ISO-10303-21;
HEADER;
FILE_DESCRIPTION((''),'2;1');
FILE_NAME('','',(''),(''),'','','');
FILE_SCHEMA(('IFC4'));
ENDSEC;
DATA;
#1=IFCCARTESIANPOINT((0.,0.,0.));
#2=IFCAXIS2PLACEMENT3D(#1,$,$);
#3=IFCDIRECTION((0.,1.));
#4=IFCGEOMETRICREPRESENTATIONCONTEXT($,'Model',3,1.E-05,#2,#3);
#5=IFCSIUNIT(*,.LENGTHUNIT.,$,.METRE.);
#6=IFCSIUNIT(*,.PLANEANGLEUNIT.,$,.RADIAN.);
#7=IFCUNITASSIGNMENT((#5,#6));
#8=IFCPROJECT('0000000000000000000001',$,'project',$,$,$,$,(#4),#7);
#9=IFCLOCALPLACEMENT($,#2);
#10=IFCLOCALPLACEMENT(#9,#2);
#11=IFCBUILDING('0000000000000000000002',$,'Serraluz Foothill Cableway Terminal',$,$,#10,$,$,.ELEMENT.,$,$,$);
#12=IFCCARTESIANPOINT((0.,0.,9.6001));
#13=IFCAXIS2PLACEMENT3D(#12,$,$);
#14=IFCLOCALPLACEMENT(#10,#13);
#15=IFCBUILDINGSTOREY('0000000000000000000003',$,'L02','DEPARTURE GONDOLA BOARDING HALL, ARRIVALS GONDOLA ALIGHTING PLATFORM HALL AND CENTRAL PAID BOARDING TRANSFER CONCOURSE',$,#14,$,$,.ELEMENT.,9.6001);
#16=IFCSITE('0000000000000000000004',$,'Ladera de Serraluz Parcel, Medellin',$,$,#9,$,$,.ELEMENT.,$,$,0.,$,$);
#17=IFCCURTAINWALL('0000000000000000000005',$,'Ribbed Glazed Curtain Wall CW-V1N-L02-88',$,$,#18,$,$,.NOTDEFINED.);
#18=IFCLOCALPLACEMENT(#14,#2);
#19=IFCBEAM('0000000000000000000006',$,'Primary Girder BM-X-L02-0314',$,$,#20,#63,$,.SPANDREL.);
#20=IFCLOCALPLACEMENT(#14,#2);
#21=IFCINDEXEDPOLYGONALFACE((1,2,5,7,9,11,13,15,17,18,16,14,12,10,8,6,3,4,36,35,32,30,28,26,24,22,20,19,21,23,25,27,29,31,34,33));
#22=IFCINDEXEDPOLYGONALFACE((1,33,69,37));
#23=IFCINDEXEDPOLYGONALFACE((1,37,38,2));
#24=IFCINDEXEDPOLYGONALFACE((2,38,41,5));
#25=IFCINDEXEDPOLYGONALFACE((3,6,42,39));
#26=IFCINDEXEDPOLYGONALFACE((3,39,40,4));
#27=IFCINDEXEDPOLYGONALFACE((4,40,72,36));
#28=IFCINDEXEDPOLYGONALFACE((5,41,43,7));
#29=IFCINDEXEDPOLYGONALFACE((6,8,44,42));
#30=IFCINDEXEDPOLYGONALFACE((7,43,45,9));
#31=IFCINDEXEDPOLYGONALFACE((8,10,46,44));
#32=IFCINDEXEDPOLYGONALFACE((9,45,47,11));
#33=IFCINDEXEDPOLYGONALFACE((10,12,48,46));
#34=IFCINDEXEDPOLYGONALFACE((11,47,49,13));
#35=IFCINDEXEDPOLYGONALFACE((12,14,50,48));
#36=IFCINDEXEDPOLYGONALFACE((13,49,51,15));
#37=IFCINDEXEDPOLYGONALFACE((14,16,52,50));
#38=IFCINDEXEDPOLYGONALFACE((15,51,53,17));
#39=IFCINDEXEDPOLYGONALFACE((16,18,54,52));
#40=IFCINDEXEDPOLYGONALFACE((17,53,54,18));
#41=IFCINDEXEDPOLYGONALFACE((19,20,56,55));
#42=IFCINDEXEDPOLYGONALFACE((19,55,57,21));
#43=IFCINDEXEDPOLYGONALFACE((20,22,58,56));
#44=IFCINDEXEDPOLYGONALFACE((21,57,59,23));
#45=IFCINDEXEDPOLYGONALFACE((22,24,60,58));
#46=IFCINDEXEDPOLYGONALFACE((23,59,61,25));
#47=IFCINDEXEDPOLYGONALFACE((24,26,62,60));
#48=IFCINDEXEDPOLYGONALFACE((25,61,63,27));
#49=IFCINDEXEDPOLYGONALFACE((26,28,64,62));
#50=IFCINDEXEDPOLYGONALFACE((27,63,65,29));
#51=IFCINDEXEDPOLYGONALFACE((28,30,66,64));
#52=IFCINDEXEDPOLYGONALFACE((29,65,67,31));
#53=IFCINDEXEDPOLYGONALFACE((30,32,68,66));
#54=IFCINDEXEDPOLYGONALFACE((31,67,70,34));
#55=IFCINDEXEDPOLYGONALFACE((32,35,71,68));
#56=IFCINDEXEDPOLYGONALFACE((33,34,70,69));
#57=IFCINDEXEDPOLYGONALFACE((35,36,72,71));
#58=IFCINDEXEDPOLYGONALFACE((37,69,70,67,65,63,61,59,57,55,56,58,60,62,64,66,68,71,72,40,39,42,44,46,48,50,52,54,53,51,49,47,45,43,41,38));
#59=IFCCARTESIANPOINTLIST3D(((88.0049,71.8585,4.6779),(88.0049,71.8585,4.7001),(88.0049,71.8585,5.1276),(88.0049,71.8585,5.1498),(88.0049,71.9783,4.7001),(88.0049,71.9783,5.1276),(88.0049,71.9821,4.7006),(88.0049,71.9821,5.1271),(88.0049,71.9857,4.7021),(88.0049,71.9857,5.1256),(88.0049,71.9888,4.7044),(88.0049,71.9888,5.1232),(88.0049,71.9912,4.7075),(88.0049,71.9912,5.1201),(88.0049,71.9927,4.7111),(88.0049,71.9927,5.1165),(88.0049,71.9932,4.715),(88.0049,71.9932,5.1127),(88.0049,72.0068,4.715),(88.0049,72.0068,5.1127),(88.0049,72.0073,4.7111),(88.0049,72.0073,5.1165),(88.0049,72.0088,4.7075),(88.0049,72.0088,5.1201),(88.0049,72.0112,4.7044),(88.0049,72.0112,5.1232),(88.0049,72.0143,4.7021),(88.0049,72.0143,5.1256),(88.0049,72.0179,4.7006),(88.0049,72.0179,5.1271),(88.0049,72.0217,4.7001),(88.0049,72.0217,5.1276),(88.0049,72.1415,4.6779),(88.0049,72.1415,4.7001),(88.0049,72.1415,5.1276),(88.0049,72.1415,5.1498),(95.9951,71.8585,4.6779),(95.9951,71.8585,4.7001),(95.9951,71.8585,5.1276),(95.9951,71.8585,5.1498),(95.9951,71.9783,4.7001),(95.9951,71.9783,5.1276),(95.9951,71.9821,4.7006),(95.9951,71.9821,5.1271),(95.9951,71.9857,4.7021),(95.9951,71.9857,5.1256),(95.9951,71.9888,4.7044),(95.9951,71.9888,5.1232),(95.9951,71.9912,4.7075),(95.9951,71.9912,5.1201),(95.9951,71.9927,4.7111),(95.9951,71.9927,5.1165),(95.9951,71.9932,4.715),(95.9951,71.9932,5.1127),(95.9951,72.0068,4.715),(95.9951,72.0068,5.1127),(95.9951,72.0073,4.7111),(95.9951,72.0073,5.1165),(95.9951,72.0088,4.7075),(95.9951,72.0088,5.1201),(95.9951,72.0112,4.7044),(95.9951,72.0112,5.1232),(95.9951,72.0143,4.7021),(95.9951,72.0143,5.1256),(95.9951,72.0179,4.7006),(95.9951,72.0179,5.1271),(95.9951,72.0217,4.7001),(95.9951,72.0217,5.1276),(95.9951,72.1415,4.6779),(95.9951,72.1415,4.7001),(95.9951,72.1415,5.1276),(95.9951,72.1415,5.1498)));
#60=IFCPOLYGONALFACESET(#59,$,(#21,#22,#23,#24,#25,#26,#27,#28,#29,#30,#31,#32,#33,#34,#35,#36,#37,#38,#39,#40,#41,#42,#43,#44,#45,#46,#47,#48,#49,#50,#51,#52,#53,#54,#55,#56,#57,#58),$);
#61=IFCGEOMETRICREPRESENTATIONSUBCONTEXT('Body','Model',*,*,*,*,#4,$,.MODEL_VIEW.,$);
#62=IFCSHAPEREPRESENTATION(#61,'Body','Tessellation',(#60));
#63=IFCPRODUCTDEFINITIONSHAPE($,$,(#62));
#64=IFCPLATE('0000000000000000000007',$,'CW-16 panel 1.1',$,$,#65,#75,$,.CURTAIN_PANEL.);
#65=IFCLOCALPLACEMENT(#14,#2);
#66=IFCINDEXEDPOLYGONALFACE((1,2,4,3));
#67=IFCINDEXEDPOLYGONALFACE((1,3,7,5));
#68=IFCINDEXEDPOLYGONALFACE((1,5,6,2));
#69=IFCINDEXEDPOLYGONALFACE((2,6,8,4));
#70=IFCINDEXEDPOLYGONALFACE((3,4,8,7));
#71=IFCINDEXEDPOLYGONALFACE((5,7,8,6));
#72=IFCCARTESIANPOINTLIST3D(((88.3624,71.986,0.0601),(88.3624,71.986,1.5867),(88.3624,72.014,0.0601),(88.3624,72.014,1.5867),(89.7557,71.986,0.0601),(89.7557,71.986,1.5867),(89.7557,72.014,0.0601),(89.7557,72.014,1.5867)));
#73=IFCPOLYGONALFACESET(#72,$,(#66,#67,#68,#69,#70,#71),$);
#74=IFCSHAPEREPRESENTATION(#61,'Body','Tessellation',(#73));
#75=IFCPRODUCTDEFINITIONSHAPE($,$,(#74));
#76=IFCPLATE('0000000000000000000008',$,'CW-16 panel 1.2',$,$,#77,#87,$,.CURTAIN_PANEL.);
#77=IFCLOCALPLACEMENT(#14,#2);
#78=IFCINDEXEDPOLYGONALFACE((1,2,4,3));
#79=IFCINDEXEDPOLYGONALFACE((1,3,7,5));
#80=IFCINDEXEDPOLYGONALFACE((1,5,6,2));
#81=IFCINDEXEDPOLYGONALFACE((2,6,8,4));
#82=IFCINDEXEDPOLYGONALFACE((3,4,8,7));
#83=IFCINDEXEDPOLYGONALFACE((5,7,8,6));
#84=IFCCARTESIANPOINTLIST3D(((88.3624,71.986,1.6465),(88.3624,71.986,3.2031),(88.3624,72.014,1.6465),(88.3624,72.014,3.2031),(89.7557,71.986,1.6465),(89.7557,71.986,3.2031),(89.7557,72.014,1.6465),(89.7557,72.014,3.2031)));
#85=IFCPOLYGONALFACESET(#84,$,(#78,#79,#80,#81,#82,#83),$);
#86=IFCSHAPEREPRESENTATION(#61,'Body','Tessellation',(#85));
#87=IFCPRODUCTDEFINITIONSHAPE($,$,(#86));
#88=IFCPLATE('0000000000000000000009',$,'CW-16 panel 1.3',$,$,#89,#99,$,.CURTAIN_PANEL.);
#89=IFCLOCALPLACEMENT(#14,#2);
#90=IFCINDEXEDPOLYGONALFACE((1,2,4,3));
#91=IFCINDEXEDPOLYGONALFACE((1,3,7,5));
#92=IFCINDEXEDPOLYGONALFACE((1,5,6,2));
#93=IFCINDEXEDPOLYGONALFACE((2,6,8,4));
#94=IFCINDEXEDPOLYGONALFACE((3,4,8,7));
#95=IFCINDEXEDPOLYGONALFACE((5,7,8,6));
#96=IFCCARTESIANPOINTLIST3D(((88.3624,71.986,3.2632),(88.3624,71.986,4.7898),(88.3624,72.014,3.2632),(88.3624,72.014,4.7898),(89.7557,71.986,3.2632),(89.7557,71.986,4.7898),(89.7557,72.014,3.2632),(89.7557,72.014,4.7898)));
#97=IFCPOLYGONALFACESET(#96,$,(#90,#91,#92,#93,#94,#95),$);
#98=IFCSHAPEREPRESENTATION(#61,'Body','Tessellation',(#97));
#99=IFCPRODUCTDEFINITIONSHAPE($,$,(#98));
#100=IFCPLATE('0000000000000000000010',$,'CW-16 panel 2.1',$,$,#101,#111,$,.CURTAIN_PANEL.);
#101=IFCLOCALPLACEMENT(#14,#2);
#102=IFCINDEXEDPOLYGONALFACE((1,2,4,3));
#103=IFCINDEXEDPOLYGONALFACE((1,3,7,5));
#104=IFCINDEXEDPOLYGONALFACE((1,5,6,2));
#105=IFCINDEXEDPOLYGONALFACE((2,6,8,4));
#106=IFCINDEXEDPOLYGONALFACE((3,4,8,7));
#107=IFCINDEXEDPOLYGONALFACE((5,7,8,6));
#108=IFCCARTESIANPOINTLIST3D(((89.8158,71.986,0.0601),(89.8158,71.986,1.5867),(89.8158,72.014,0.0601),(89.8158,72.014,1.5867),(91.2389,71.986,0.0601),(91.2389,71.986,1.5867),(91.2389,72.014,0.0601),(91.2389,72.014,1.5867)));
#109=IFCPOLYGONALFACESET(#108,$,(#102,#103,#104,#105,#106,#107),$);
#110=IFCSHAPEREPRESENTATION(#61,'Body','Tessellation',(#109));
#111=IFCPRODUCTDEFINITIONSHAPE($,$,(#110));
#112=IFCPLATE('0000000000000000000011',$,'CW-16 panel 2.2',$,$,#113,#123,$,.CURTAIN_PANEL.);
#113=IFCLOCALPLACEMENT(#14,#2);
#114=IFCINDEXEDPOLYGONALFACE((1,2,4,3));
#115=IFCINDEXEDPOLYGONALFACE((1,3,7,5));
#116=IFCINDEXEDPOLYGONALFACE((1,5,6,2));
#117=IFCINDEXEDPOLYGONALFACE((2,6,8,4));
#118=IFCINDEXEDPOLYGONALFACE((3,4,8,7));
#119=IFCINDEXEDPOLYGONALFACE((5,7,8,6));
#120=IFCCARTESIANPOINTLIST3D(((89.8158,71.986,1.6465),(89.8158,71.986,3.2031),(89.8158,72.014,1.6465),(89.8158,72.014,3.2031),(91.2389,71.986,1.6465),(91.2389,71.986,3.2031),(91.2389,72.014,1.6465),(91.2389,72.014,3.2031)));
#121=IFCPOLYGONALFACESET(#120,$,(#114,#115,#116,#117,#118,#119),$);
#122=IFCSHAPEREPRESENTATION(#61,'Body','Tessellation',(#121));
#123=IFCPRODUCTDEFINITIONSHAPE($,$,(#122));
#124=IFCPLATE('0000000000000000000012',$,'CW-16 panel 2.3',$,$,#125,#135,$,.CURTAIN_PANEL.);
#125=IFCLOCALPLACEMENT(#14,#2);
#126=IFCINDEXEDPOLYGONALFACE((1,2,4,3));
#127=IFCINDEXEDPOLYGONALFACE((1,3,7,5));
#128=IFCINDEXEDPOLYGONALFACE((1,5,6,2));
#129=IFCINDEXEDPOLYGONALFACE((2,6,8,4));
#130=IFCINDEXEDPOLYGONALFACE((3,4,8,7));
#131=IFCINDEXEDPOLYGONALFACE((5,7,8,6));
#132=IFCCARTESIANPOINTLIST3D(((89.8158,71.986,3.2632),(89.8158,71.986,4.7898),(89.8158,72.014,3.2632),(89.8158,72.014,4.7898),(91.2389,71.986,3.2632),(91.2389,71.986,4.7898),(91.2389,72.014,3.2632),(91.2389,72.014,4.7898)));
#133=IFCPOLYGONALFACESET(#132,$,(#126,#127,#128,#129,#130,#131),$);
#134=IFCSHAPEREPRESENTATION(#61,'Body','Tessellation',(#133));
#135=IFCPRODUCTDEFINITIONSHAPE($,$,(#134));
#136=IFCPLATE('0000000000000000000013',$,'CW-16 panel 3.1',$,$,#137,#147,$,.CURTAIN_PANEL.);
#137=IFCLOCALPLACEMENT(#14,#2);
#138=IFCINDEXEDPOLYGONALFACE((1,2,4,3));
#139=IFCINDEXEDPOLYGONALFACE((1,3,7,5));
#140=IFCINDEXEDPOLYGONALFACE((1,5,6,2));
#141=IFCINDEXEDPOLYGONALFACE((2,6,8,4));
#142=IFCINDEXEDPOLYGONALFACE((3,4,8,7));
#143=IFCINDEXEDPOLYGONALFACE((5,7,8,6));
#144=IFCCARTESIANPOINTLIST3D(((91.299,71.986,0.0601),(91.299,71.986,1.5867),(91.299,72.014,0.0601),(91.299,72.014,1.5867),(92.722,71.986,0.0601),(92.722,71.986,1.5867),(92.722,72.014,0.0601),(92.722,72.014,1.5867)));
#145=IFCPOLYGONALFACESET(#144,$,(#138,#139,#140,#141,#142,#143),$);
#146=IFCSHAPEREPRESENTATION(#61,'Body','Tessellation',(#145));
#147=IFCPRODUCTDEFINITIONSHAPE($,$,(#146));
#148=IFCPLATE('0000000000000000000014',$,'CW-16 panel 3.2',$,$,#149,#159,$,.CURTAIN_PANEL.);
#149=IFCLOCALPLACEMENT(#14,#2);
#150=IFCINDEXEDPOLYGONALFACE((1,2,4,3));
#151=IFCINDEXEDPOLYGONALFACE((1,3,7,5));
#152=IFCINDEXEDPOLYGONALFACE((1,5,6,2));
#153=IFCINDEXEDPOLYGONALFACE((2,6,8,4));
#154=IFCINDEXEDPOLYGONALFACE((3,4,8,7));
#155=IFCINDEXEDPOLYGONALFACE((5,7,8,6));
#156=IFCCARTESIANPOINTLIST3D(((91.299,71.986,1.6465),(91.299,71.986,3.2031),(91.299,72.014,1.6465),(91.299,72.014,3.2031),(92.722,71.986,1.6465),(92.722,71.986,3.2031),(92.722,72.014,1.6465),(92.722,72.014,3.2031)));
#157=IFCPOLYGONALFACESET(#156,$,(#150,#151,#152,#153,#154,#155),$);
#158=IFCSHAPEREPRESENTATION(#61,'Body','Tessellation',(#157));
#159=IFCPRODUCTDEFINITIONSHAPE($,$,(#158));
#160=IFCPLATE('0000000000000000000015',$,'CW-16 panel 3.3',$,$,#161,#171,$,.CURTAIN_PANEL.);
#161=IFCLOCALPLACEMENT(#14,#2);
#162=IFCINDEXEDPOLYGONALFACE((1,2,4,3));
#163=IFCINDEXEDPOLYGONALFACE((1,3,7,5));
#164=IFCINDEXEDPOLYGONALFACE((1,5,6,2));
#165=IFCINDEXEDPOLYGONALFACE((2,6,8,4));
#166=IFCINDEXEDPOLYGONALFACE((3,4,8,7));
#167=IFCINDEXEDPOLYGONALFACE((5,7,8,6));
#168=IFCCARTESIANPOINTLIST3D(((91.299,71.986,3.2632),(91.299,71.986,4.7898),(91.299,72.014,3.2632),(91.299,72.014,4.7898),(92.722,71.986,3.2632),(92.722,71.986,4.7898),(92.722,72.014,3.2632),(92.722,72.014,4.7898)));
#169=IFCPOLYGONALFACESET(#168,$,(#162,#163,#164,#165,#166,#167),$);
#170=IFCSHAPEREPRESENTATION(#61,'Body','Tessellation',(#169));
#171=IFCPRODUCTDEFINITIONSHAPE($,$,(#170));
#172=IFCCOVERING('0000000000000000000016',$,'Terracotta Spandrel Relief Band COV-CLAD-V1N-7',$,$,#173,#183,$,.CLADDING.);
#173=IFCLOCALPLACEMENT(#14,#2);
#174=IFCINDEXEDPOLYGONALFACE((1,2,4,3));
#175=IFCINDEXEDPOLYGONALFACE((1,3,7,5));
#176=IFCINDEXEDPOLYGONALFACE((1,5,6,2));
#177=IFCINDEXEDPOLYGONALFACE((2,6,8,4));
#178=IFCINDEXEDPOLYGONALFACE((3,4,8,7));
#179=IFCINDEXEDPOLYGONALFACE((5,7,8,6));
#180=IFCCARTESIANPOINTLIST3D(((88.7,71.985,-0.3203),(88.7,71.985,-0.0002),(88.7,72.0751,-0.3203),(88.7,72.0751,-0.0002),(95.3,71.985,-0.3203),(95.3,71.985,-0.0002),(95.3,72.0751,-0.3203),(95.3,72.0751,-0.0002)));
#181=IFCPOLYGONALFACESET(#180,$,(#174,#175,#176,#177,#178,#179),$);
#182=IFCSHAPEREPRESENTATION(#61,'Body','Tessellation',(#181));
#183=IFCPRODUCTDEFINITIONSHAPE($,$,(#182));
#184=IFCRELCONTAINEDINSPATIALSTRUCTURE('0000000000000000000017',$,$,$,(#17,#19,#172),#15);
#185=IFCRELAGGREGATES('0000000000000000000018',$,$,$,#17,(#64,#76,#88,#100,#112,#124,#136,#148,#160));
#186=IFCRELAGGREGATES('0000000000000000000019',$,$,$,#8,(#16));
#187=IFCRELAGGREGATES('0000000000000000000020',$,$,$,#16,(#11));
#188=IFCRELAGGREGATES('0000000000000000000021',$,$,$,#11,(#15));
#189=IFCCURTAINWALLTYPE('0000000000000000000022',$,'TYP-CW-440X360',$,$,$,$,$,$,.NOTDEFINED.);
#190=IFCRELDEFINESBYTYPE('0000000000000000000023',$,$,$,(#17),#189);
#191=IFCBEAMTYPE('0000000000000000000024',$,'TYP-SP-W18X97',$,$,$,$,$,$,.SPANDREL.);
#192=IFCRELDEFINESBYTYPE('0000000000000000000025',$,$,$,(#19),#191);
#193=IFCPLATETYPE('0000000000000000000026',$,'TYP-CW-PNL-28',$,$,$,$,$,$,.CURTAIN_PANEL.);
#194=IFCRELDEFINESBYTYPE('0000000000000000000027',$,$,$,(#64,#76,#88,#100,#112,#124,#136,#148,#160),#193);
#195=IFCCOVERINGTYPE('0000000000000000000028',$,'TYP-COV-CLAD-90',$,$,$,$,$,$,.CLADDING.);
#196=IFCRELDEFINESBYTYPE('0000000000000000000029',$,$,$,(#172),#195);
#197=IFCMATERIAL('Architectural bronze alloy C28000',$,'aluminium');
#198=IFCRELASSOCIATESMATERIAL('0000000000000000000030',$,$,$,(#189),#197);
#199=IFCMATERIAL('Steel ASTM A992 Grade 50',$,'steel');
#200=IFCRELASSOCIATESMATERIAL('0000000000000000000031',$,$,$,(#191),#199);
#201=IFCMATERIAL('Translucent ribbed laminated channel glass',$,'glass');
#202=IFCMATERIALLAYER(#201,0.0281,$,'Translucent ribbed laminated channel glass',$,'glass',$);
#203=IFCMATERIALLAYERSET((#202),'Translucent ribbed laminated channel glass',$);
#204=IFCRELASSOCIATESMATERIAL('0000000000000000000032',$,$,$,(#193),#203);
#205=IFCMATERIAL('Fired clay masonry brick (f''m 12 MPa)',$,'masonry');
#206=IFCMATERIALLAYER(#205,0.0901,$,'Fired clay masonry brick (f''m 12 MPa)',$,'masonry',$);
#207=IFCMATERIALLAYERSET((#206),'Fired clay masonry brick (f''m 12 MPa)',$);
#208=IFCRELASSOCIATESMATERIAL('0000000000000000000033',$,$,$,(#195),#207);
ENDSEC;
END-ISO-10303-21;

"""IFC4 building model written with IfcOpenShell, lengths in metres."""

from ifc_helpers import new_model, si_unit, direction, frame, origin, origin_2d, place, context, subcontext, project, spatial, rectangle, i_section, extrude, material, layer, layer_set, material_profile, profile_set, type_object, element, aggregate, save


model = new_model("IFC4")

# Units and contexts
model_context = context("Model", 3, precision=1e-05, world=origin(), true_north=direction((0.0, 1.0)))
body_context = subcontext(model_context, "Body", "Model", "MODEL_VIEW")
ifc_project = project(units=[si_unit("LENGTHUNIT", "METRE"), si_unit("PLANEANGLEUNIT", "RADIAN")], contexts=[model_context])

# Site, building, storey
site_placement = place(None, origin())
site = spatial("IfcSite", under=ifc_project, at=site_placement, Name="Ladera de Serraluz Parcel, Medellin", CompositionType="ELEMENT", RefElevation=0.0)
building_placement = place(site_placement, origin())
building = spatial("IfcBuilding", under=site, at=building_placement, Name="Serraluz Foothill Cableway Terminal", CompositionType="ELEMENT")
storey_placement = place(building_placement, frame((0.0, 0.0, 9.6001)))
storey = spatial("IfcBuildingStorey", under=building, at=storey_placement, Name="L02", Description="DEPARTURE GONDOLA BOARDING HALL, ARRIVALS GONDOLA ALIGHTING PLATFORM HALL AND CENTRAL PAID BOARDING TRANSFER CONCOURSE", CompositionType="ELEMENT", Elevation=9.6001)

# Curtain wall
ifc_material_1 = material(Name="Architectural bronze alloy C28000", Category="aluminium")
curtain_wall_type = type_object("IfcCurtainWallType", Name="TYP-CW-440X360", PredefinedType="NOTDEFINED", material=ifc_material_1)
curtain_wall_placement = place(storey_placement, origin())
curtain_wall = element("IfcCurtainWall", 1, at=curtain_wall_placement, inside=storey, type_object=curtain_wall_type, Name="Ribbed Glazed Curtain Wall CW-V1N-L02-88", PredefinedType="NOTDEFINED")

# Beam
ifc_material_2 = material(Name="Steel ASTM A992 Grade 50", Category="steel")
ifc_material_profile_1 = material_profile(ifc_material_2, i_section(OverallWidth=0.283, OverallDepth=0.4719, WebThickness=0.0137, FlangeThickness=0.0222, FilletRadius=0.0149, at=origin_2d()), Name="W18X97")
ifc_profile_set_1 = profile_set([ifc_material_profile_1], Name="Steel ASTM A992 Grade 50")
beam_type = type_object("IfcBeamType", Name="TYP-SP-W18X97", PredefinedType="SPANDREL", material=ifc_profile_set_1)
beam_placement = place(storey_placement, frame((88.0049, 72.0, 4.9138), z_axis=(1.0, 0.0, 0.0), x_axis=(0.0, 1.0, 0.0)))
element("IfcBeam", 2, at=beam_placement, inside=storey, type_object=beam_type, Name="Primary Girder BM-X-L02-0314", PredefinedType="SPANDREL", context=body_context, shape_type="SweptSolid", body=[
    extrude(i_section(OverallWidth=0.283, OverallDepth=0.4719, WebThickness=0.0137, FlangeThickness=0.0222, FilletRadius=0.0149, at=origin_2d()), origin(), (0.0, 0.0, 1.0), 7.9902),
])

# Plates
ifc_material_3 = material(Name="Translucent ribbed laminated channel glass", Category="glass")
ifc_layer_1 = layer(ifc_material_3, 0.0281, Name="Translucent ribbed laminated channel glass", Category="glass")
ifc_layer_set_1 = layer_set([ifc_layer_1], Name="Translucent ribbed laminated channel glass")
plate_type = type_object("IfcPlateType", Name="TYP-CW-PNL-28", PredefinedType="CURTAIN_PANEL", material=ifc_layer_set_1)
plate_1_placement = place(storey_placement, frame((89.0591, 72.0, 0.0601), z_axis=(0.0, 0.0, 1.0), x_axis=(1.0, 0.0, 0.0)))
plate_1 = element("IfcPlate", 3, at=plate_1_placement, type_object=plate_type, Name="CW-16 panel 1.1", PredefinedType="CURTAIN_PANEL", context=body_context, shape_type="SweptSolid", body=[
    extrude(rectangle(XDim=1.3933, YDim=0.0281, at=origin_2d()), origin(), (0.0, 0.0, 1.0), 1.5266),
])
plate_2_placement = place(storey_placement, frame((89.0591, 72.0, 1.6465), z_axis=(0.0, 0.0, 1.0), x_axis=(1.0, 0.0, 0.0)))
plate_2 = element("IfcPlate", 4, at=plate_2_placement, type_object=plate_type, Name="CW-16 panel 1.2", PredefinedType="CURTAIN_PANEL", context=body_context, shape_type="SweptSolid", body=[
    extrude(rectangle(XDim=1.3933, YDim=0.0281, at=origin_2d()), origin(), (0.0, 0.0, 1.0), 1.5566),
])
plate_3_placement = place(storey_placement, frame((89.0591, 72.0, 3.2632), z_axis=(0.0, 0.0, 1.0), x_axis=(1.0, 0.0, 0.0)))
plate_3 = element("IfcPlate", 5, at=plate_3_placement, type_object=plate_type, Name="CW-16 panel 1.3", PredefinedType="CURTAIN_PANEL", context=body_context, shape_type="SweptSolid", body=[
    extrude(rectangle(XDim=1.3933, YDim=0.0281, at=origin_2d()), origin(), (0.0, 0.0, 1.0), 1.5266),
])
plate_4_placement = place(storey_placement, frame((90.5273, 72.0, 0.0601), z_axis=(0.0, 0.0, 1.0), x_axis=(1.0, 0.0, 0.0)))
plate_4 = element("IfcPlate", 6, at=plate_4_placement, type_object=plate_type, Name="CW-16 panel 2.1", PredefinedType="CURTAIN_PANEL", context=body_context, shape_type="SweptSolid", body=[
    extrude(rectangle(XDim=1.4231, YDim=0.0281, at=origin_2d()), origin(), (0.0, 0.0, 1.0), 1.5266),
])
plate_5_placement = place(storey_placement, frame((90.5273, 72.0, 1.6465), z_axis=(0.0, 0.0, 1.0), x_axis=(1.0, 0.0, 0.0)))
plate_5 = element("IfcPlate", 7, at=plate_5_placement, type_object=plate_type, Name="CW-16 panel 2.2", PredefinedType="CURTAIN_PANEL", context=body_context, shape_type="SweptSolid", body=[
    extrude(rectangle(XDim=1.4231, YDim=0.0281, at=origin_2d()), origin(), (0.0, 0.0, 1.0), 1.5566),
])
plate_6_placement = place(storey_placement, frame((90.5273, 72.0, 3.2632), z_axis=(0.0, 0.0, 1.0), x_axis=(1.0, 0.0, 0.0)))
plate_6 = element("IfcPlate", 8, at=plate_6_placement, type_object=plate_type, Name="CW-16 panel 2.3", PredefinedType="CURTAIN_PANEL", context=body_context, shape_type="SweptSolid", body=[
    extrude(rectangle(XDim=1.4231, YDim=0.0281, at=origin_2d()), origin(), (0.0, 0.0, 1.0), 1.5266),
])
plate_7_placement = place(storey_placement, frame((92.0105, 72.0, 0.0601), z_axis=(0.0, 0.0, 1.0), x_axis=(1.0, 0.0, 0.0)))
plate_7 = element("IfcPlate", 9, at=plate_7_placement, type_object=plate_type, Name="CW-16 panel 3.1", PredefinedType="CURTAIN_PANEL", context=body_context, shape_type="SweptSolid", body=[
    extrude(rectangle(XDim=1.4231, YDim=0.0281, at=origin_2d()), origin(), (0.0, 0.0, 1.0), 1.5266),
])
plate_8_placement = place(storey_placement, frame((92.0105, 72.0, 1.6465), z_axis=(0.0, 0.0, 1.0), x_axis=(1.0, 0.0, 0.0)))
plate_8 = element("IfcPlate", 10, at=plate_8_placement, type_object=plate_type, Name="CW-16 panel 3.2", PredefinedType="CURTAIN_PANEL", context=body_context, shape_type="SweptSolid", body=[
    extrude(rectangle(XDim=1.4231, YDim=0.0281, at=origin_2d()), origin(), (0.0, 0.0, 1.0), 1.5566),
])
plate_9_placement = place(storey_placement, frame((92.0105, 72.0, 3.2632), z_axis=(0.0, 0.0, 1.0), x_axis=(1.0, 0.0, 0.0)))
plate_9 = element("IfcPlate", 11, at=plate_9_placement, type_object=plate_type, Name="CW-16 panel 3.3", PredefinedType="CURTAIN_PANEL", context=body_context, shape_type="SweptSolid", body=[
    extrude(rectangle(XDim=1.4231, YDim=0.0281, at=origin_2d()), origin(), (0.0, 0.0, 1.0), 1.5266),
])
aggregate(curtain_wall, [plate_1, plate_2, plate_3, plate_4, plate_5, plate_6, plate_7, plate_8, plate_9])

# Covering
ifc_material_4 = material(Name="Fired clay masonry brick (f'm 12 MPa)", Category="masonry")
ifc_layer_2 = layer(ifc_material_4, 0.0901, Name="Fired clay masonry brick (f'm 12 MPa)", Category="masonry")
ifc_layer_set_2 = layer_set([ifc_layer_2], Name="Fired clay masonry brick (f'm 12 MPa)")
covering_type = type_object("IfcCoveringType", Name="TYP-COV-CLAD-90", PredefinedType="CLADDING", material=ifc_layer_set_2)
covering_placement = place(storey_placement, frame((92.0, 72.03, -0.3203), z_axis=(0.0, 0.0, 1.0), x_axis=(1.0, 0.0, 0.0)))
element("IfcCovering", 12, at=covering_placement, inside=storey, type_object=covering_type, Name="Terracotta Spandrel Relief Band COV-CLAD-V1N-7", PredefinedType="CLADDING", context=body_context, shape_type="SweptSolid", body=[
    extrude(rectangle(XDim=6.6001, YDim=0.0901, at=origin_2d()), origin(), (0.0, 0.0, 1.0), 0.3201),
])

save(model, "model.ifc")
